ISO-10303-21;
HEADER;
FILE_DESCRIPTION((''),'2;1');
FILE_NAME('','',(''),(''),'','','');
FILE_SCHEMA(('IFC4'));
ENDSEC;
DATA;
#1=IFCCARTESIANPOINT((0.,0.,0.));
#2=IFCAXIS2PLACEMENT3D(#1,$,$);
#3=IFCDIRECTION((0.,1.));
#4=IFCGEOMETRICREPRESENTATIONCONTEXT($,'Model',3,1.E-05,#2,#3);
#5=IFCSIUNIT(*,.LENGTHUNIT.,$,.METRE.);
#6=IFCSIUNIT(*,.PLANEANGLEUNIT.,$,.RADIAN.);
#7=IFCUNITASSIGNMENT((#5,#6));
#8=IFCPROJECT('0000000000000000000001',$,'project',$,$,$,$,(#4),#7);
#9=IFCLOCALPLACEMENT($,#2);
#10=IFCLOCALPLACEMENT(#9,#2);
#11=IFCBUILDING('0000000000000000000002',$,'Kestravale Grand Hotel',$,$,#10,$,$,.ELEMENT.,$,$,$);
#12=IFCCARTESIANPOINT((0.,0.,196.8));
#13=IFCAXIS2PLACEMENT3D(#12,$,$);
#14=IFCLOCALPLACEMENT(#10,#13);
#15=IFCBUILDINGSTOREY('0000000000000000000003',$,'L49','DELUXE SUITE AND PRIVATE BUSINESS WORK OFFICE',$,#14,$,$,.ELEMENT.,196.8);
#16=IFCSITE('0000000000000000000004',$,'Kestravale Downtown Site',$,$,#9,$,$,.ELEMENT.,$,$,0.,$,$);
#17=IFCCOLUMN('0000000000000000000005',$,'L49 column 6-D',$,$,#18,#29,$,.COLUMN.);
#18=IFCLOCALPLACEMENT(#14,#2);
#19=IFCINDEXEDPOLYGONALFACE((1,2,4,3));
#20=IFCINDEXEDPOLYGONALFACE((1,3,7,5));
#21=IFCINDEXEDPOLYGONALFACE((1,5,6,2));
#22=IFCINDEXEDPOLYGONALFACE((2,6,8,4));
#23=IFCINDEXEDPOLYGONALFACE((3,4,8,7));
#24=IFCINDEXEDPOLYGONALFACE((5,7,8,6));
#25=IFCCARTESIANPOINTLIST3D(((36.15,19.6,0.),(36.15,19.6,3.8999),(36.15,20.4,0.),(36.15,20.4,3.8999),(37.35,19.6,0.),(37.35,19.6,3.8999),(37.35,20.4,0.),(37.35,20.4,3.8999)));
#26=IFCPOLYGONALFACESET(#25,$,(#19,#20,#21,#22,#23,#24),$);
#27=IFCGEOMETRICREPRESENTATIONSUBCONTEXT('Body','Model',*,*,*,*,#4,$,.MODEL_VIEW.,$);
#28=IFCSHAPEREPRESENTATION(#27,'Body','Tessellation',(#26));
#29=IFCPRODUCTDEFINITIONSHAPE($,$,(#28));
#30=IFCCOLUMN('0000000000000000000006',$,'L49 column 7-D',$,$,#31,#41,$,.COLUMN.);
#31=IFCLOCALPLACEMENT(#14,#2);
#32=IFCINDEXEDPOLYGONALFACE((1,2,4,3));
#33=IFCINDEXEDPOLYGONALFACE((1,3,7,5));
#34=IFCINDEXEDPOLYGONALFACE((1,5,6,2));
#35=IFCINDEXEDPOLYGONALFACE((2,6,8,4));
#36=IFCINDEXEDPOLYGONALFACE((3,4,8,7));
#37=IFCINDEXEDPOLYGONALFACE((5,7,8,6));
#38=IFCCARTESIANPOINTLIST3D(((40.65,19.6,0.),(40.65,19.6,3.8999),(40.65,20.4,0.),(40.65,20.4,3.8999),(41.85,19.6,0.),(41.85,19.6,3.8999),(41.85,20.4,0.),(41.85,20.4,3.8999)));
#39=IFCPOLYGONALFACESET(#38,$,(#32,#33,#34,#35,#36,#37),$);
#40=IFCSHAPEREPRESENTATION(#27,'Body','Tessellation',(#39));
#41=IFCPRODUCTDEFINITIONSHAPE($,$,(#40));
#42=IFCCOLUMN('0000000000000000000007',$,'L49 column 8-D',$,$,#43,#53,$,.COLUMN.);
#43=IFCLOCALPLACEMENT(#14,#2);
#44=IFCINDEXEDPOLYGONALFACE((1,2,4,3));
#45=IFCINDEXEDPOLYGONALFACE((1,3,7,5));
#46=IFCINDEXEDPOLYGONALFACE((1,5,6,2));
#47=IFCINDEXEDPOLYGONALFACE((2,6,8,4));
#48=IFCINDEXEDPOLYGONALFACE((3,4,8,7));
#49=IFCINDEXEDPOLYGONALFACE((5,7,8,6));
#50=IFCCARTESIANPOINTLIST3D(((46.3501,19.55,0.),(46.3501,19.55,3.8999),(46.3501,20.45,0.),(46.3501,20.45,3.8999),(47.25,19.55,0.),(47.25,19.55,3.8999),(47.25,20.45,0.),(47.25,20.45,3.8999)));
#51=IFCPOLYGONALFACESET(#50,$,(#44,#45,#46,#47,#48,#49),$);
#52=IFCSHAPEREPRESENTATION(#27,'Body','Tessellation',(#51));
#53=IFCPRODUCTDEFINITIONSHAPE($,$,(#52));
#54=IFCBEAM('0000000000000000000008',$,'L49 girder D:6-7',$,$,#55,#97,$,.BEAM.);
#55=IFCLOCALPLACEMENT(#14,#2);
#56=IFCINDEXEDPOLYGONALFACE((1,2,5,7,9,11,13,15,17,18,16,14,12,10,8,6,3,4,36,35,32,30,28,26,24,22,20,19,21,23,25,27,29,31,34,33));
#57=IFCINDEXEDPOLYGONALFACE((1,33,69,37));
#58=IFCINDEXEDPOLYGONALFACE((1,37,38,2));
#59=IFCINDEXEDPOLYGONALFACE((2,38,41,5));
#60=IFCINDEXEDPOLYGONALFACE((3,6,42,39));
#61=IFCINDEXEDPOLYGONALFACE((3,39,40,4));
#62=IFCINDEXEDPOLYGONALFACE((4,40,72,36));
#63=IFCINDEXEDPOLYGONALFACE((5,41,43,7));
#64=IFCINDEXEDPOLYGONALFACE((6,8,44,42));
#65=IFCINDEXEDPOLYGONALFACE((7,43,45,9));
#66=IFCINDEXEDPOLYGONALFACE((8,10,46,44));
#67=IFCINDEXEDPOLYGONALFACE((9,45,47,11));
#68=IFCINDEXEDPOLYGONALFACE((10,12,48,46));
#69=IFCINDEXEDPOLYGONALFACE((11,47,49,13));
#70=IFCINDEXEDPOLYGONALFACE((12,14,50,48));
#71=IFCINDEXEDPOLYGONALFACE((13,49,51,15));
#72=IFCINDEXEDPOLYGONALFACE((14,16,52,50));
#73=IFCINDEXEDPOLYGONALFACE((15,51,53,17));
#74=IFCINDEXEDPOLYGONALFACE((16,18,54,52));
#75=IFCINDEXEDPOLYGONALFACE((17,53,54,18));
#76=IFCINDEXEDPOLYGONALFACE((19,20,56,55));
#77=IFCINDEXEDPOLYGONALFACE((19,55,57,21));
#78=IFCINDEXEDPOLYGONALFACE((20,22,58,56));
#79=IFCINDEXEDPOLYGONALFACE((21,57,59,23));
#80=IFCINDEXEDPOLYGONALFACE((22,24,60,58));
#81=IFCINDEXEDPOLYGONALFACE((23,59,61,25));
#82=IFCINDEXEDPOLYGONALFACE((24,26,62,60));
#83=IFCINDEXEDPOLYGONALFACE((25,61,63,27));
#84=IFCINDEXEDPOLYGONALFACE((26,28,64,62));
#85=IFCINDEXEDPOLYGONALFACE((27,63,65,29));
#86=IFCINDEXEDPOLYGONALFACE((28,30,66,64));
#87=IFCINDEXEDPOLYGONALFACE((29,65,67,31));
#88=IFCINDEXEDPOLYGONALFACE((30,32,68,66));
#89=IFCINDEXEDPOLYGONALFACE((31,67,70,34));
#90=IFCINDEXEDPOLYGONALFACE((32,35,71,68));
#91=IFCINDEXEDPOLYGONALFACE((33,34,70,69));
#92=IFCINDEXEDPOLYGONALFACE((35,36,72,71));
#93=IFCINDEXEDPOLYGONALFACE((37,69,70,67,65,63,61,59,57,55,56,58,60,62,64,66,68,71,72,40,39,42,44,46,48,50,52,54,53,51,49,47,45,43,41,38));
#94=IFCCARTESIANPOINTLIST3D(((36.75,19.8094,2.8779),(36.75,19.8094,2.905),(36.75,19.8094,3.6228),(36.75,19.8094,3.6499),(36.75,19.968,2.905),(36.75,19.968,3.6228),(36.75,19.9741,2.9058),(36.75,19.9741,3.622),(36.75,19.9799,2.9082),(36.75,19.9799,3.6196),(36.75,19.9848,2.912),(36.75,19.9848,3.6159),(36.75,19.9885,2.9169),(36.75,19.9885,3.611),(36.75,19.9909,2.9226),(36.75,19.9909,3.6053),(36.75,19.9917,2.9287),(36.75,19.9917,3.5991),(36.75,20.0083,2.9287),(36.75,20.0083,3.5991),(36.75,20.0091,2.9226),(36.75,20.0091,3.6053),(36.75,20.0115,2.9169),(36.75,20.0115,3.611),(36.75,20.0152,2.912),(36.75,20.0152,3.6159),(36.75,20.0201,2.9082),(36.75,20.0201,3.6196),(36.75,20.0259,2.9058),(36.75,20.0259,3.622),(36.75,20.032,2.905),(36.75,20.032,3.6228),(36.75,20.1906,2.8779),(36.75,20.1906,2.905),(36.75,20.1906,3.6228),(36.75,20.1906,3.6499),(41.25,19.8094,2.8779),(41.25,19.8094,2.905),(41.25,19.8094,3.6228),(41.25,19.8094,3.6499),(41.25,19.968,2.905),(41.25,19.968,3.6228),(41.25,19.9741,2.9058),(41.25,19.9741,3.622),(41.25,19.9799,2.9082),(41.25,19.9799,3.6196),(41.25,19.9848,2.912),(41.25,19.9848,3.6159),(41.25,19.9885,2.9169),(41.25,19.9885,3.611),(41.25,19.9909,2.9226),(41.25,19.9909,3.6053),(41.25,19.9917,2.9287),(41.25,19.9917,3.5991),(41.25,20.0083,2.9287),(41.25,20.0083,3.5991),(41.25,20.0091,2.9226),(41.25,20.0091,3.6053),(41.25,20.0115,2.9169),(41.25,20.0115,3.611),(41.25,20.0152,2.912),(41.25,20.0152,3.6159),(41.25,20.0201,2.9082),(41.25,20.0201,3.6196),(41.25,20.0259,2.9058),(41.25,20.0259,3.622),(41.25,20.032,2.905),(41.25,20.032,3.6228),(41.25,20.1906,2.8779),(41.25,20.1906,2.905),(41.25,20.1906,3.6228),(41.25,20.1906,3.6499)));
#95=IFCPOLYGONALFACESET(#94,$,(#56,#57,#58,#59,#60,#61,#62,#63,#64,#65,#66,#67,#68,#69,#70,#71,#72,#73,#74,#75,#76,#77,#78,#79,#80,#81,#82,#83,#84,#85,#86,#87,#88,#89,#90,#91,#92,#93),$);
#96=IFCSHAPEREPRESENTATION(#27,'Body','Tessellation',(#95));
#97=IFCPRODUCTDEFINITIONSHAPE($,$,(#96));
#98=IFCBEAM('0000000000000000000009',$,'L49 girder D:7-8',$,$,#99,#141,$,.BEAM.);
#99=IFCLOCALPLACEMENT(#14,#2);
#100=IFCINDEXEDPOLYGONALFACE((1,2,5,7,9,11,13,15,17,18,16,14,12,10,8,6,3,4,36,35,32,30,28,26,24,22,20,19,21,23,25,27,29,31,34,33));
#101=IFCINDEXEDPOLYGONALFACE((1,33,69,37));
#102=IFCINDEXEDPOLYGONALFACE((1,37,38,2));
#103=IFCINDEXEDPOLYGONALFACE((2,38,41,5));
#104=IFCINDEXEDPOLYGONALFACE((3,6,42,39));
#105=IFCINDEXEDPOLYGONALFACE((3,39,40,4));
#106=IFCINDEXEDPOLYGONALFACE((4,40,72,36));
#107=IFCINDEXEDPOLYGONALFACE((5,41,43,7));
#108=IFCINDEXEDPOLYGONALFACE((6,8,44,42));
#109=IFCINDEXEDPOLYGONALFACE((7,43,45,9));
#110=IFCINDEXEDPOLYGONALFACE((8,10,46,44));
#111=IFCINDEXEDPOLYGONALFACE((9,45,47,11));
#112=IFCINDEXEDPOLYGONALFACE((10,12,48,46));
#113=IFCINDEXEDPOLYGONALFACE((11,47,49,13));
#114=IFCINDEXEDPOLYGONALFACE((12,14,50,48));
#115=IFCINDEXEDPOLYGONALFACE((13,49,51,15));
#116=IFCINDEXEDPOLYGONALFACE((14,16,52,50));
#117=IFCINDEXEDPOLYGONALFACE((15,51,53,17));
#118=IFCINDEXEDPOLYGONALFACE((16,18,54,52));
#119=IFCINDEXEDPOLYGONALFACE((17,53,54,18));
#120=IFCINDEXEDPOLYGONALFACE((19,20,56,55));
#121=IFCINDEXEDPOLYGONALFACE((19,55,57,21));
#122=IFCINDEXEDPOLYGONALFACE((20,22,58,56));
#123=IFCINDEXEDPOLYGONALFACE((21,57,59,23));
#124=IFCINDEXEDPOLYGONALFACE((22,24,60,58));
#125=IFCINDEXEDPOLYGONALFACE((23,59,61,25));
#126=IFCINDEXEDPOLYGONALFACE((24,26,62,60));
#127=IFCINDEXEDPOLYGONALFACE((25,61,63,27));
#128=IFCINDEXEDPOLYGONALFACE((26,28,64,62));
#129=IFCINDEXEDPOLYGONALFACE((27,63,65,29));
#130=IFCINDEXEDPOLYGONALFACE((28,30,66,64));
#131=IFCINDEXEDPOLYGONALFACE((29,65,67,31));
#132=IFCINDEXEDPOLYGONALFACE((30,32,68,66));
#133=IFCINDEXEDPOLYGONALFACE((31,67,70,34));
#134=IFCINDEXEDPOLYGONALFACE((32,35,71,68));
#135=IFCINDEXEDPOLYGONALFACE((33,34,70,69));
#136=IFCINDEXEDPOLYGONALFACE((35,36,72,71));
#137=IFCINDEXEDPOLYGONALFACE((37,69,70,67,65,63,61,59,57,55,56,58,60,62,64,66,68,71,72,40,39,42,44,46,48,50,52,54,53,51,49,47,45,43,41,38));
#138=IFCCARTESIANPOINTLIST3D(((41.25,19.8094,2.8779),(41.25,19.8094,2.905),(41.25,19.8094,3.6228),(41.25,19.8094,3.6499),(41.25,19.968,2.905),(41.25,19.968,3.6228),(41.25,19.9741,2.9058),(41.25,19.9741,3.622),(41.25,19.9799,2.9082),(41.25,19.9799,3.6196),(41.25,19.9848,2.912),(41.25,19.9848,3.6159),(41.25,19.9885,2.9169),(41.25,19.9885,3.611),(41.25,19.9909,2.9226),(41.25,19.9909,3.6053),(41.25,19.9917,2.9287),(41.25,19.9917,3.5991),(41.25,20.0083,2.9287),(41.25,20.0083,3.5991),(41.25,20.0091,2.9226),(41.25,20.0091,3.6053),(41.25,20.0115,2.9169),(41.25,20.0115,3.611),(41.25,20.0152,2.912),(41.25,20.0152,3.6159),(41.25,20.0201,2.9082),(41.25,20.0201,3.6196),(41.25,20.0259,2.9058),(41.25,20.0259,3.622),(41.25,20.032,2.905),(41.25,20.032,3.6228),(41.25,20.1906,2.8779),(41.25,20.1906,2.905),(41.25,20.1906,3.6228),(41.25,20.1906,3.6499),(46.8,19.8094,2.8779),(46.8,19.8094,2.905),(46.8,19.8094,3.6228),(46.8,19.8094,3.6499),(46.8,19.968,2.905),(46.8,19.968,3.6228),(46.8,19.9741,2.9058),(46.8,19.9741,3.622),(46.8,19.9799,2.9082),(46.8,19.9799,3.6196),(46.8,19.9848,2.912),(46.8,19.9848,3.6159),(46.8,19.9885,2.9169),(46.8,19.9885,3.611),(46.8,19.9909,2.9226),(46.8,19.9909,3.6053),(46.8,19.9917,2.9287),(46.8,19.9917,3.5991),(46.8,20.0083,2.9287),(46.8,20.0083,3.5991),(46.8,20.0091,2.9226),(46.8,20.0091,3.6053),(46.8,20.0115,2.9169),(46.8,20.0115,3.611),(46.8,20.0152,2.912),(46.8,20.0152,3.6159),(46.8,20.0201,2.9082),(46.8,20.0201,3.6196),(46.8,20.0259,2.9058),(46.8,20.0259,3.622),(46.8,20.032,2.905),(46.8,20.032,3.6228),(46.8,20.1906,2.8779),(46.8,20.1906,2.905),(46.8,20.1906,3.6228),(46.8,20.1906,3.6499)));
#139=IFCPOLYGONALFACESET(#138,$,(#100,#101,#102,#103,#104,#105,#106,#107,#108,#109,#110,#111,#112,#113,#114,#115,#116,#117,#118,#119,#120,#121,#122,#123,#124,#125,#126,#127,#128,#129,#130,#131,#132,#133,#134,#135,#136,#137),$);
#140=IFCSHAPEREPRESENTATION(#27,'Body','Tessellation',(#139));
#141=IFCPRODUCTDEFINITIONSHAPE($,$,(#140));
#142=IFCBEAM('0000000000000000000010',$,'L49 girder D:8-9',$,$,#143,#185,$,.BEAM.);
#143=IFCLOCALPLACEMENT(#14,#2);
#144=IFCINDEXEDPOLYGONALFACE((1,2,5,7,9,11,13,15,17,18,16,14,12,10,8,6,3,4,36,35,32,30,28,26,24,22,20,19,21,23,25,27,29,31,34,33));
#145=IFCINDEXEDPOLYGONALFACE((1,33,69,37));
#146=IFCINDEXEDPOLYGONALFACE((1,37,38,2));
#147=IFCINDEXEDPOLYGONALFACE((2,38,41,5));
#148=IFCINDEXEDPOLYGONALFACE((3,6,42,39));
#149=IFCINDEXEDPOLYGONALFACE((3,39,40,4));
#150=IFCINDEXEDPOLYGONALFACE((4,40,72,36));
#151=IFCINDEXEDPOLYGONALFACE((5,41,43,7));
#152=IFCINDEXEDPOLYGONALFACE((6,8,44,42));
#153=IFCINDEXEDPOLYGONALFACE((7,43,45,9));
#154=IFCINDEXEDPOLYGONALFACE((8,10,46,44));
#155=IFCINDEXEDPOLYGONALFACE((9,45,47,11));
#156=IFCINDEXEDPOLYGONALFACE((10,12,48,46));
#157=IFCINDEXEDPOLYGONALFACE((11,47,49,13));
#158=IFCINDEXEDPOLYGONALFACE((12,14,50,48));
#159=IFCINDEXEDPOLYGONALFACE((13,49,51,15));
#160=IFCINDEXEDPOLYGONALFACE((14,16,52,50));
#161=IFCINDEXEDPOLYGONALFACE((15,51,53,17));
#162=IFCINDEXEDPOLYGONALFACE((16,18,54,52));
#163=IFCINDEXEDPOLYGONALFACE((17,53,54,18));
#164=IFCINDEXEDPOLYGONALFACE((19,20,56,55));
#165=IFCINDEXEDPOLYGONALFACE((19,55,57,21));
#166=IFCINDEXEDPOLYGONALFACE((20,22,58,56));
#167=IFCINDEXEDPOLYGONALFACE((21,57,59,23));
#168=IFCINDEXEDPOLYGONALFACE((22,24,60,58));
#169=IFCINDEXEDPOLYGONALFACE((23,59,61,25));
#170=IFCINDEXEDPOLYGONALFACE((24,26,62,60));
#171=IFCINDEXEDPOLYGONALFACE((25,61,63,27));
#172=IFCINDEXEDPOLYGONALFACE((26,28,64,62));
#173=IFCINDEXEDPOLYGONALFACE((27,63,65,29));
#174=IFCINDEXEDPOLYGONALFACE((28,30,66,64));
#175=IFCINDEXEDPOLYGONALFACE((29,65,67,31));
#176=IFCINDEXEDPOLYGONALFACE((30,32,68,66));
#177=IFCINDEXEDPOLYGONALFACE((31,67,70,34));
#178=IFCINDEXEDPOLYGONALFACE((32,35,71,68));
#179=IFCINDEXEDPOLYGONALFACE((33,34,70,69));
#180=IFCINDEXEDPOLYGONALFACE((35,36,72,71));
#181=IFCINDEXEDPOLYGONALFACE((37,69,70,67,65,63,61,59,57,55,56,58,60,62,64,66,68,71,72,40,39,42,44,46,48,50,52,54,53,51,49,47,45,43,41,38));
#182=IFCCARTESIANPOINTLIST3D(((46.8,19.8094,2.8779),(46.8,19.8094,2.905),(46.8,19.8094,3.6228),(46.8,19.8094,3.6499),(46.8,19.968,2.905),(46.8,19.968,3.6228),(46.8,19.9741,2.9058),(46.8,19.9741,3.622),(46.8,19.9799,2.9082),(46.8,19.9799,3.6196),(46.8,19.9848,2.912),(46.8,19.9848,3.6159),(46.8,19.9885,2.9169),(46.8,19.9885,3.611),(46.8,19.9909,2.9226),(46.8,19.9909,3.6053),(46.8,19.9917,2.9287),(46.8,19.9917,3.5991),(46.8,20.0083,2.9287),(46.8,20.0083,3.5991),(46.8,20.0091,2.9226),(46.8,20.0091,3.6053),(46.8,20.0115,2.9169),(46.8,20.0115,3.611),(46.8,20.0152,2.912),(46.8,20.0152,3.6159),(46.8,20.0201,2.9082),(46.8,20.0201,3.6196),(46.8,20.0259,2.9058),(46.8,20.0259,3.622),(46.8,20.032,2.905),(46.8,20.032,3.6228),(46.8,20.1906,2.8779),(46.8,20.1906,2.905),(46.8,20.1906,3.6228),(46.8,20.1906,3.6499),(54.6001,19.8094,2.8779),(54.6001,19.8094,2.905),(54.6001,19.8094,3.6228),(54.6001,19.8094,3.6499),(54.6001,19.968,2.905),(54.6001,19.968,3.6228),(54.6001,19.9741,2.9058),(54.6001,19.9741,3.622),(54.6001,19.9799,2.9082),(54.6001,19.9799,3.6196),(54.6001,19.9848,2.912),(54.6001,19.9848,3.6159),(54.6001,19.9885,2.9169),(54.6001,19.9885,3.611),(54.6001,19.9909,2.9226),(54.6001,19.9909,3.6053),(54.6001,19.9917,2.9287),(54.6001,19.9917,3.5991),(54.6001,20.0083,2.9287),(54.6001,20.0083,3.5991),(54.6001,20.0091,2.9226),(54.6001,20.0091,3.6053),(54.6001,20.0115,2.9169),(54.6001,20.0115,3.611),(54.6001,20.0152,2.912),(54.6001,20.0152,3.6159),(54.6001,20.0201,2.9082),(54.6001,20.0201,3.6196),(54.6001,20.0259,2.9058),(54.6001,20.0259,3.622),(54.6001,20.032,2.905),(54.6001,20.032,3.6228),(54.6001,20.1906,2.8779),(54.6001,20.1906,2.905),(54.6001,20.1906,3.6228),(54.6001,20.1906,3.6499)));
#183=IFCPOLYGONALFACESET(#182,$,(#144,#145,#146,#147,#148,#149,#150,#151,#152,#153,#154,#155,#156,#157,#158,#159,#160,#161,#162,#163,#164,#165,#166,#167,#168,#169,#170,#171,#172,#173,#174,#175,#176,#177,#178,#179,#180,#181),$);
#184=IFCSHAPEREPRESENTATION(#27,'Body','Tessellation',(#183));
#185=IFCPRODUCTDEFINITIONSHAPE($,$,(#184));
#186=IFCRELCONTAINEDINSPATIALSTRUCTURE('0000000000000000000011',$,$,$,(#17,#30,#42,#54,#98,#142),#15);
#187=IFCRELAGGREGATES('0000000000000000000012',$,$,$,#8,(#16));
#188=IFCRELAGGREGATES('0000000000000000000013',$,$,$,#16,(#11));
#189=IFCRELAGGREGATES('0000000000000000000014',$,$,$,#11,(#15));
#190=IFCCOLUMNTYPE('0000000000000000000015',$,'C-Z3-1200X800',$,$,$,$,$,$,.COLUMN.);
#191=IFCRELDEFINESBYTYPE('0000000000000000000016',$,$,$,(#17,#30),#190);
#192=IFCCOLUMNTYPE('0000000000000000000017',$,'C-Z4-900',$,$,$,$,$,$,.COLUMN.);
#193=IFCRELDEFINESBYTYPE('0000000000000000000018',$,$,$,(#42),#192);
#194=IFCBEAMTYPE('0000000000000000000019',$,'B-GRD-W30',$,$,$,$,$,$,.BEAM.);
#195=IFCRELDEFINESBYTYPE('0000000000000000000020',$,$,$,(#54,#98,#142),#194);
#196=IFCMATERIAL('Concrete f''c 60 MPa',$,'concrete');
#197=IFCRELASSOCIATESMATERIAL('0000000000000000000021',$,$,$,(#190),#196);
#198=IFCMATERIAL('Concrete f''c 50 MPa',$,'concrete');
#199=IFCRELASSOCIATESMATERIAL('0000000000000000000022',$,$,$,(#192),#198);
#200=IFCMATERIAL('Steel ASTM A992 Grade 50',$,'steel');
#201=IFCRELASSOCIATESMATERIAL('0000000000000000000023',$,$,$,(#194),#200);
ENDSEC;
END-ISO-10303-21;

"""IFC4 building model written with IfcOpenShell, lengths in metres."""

from ifc_helpers import new_model, si_unit, direction, frame, origin, origin_2d, place, context, subcontext, project, spatial, rectangle, i_section, extrude, material, material_profile, profile_set, type_object, element, save


model = new_model("IFC4")

# Units and contexts
model_context = context("Model", 3, precision=1e-05, world=origin(), true_north=direction((0.0, 1.0)))
body_context = subcontext(model_context, "Body", "Model", "MODEL_VIEW")
ifc_project = project(units=[si_unit("LENGTHUNIT", "METRE"), si_unit("PLANEANGLEUNIT", "RADIAN")], contexts=[model_context])

# Site, building, storey
site_placement = place(None, origin())
site = spatial("IfcSite", under=ifc_project, at=site_placement, Name="Kestravale Downtown Site", CompositionType="ELEMENT", RefElevation=0.0)
building_placement = place(site_placement, origin())
building = spatial("IfcBuilding", under=site, at=building_placement, Name="Kestravale Grand Hotel", CompositionType="ELEMENT")
storey_placement = place(building_placement, frame((0.0, 0.0, 196.8)))
storey = spatial("IfcBuildingStorey", under=building, at=storey_placement, Name="L49", Description="DELUXE SUITE AND PRIVATE BUSINESS WORK OFFICE", CompositionType="ELEMENT", Elevation=196.8)

# Columns
ifc_material_1 = material(Name="Concrete f'c 60 MPa", Category="concrete")
ifc_material_profile_1 = material_profile(ifc_material_1, rectangle(XDim=1.2, YDim=0.8, at=origin_2d()))
ifc_profile_set_1 = profile_set([ifc_material_profile_1], Name="Concrete f'c 60 MPa")
column_type_1 = type_object("IfcColumnType", Name="C-Z3-1200X800", PredefinedType="COLUMN", material=ifc_profile_set_1)
for number, where, z_axis, x_axis, name in (
    (1, (36.75, 20.0, 0.0), (0.0, 0.0, 1.0), (1.0, 0.0, 0.0), "L49 column 6-D"),
    (2, (41.25, 20.0, 0.0), (0.0, 0.0, 1.0), (1.0, 0.0, 0.0), "L49 column 7-D"),
):
    element("IfcColumn", number, at=place(storey_placement, frame(where, z_axis=z_axis, x_axis=x_axis)), inside=storey, type_object=column_type_1, Name=name, PredefinedType="COLUMN", context=body_context, shape_type="SweptSolid", body=[
        extrude(rectangle(XDim=1.2, YDim=0.8, at=origin_2d()), origin(), (0.0, 0.0, 1.0), 3.8999),
    ])
ifc_material_2 = material(Name="Concrete f'c 50 MPa", Category="concrete")
ifc_material_profile_2 = material_profile(ifc_material_2, rectangle(XDim=0.8999, YDim=0.8999, at=origin_2d()))
ifc_profile_set_2 = profile_set([ifc_material_profile_2], Name="Concrete f'c 50 MPa")
column_type_2 = type_object("IfcColumnType", Name="C-Z4-900", PredefinedType="COLUMN", material=ifc_profile_set_2)
column_placement = place(storey_placement, frame((46.8, 20.0, 0.0), z_axis=(0.0, 0.0, 1.0), x_axis=(1.0, 0.0, 0.0)))
element("IfcColumn", 3, at=column_placement, inside=storey, type_object=column_type_2, Name="L49 column 8-D", PredefinedType="COLUMN", context=body_context, shape_type="SweptSolid", body=[
    extrude(rectangle(XDim=0.8999, YDim=0.8999, at=origin_2d()), origin(), (0.0, 0.0, 1.0), 3.8999),
])

# Beams
ifc_material_3 = material(Name="Steel ASTM A992 Grade 50", Category="steel")
ifc_material_profile_3 = material_profile(ifc_material_3, i_section(OverallWidth=0.3811, OverallDepth=0.772, WebThickness=0.0166, FlangeThickness=0.0271, FilletRadius=0.0237, at=origin_2d()))
ifc_profile_set_3 = profile_set([ifc_material_profile_3], Name="Steel ASTM A992 Grade 50")
beam_type = type_object("IfcBeamType", Name="B-GRD-W30", PredefinedType="BEAM", material=ifc_profile_set_3)
beam_1_placement = place(storey_placement, frame((36.75, 20.0, 3.2639), z_axis=(1.0, 0.0, 0.0), x_axis=(0.0, 1.0, 0.0)))
element("IfcBeam", 4, at=beam_1_placement, inside=storey, type_object=beam_type, Name="L49 girder D:6-7", PredefinedType="BEAM", context=body_context, shape_type="SweptSolid", body=[
    extrude(i_section(OverallWidth=0.3811, OverallDepth=0.772, WebThickness=0.0166, FlangeThickness=0.0271, FilletRadius=0.0237, at=origin_2d()), origin(), (0.0, 0.0, 1.0), 4.5),
])
beam_2_placement = place(storey_placement, frame((41.25, 20.0, 3.2639), z_axis=(1.0, 0.0, 0.0), x_axis=(0.0, 1.0, 0.0)))
element("IfcBeam", 5, at=beam_2_placement, inside=storey, type_object=beam_type, Name="L49 girder D:7-8", PredefinedType="BEAM", context=body_context, shape_type="SweptSolid", body=[
    extrude(i_section(OverallWidth=0.3811, OverallDepth=0.772, WebThickness=0.0166, FlangeThickness=0.0271, FilletRadius=0.0237, at=origin_2d()), origin(), (0.0, 0.0, 1.0), 5.55),
])
beam_3_placement = place(storey_placement, frame((46.8, 20.0, 3.2639), z_axis=(1.0, 0.0, 0.0), x_axis=(0.0, 1.0, 0.0)))
element("IfcBeam", 6, at=beam_3_placement, inside=storey, type_object=beam_type, Name="L49 girder D:8-9", PredefinedType="BEAM", context=body_context, shape_type="SweptSolid", body=[
    extrude(i_section(OverallWidth=0.3811, OverallDepth=0.772, WebThickness=0.0166, FlangeThickness=0.0271, FilletRadius=0.0237, at=origin_2d()), origin(), (0.0, 0.0, 1.0), 7.8),
])

save(model, "model.ifc")
